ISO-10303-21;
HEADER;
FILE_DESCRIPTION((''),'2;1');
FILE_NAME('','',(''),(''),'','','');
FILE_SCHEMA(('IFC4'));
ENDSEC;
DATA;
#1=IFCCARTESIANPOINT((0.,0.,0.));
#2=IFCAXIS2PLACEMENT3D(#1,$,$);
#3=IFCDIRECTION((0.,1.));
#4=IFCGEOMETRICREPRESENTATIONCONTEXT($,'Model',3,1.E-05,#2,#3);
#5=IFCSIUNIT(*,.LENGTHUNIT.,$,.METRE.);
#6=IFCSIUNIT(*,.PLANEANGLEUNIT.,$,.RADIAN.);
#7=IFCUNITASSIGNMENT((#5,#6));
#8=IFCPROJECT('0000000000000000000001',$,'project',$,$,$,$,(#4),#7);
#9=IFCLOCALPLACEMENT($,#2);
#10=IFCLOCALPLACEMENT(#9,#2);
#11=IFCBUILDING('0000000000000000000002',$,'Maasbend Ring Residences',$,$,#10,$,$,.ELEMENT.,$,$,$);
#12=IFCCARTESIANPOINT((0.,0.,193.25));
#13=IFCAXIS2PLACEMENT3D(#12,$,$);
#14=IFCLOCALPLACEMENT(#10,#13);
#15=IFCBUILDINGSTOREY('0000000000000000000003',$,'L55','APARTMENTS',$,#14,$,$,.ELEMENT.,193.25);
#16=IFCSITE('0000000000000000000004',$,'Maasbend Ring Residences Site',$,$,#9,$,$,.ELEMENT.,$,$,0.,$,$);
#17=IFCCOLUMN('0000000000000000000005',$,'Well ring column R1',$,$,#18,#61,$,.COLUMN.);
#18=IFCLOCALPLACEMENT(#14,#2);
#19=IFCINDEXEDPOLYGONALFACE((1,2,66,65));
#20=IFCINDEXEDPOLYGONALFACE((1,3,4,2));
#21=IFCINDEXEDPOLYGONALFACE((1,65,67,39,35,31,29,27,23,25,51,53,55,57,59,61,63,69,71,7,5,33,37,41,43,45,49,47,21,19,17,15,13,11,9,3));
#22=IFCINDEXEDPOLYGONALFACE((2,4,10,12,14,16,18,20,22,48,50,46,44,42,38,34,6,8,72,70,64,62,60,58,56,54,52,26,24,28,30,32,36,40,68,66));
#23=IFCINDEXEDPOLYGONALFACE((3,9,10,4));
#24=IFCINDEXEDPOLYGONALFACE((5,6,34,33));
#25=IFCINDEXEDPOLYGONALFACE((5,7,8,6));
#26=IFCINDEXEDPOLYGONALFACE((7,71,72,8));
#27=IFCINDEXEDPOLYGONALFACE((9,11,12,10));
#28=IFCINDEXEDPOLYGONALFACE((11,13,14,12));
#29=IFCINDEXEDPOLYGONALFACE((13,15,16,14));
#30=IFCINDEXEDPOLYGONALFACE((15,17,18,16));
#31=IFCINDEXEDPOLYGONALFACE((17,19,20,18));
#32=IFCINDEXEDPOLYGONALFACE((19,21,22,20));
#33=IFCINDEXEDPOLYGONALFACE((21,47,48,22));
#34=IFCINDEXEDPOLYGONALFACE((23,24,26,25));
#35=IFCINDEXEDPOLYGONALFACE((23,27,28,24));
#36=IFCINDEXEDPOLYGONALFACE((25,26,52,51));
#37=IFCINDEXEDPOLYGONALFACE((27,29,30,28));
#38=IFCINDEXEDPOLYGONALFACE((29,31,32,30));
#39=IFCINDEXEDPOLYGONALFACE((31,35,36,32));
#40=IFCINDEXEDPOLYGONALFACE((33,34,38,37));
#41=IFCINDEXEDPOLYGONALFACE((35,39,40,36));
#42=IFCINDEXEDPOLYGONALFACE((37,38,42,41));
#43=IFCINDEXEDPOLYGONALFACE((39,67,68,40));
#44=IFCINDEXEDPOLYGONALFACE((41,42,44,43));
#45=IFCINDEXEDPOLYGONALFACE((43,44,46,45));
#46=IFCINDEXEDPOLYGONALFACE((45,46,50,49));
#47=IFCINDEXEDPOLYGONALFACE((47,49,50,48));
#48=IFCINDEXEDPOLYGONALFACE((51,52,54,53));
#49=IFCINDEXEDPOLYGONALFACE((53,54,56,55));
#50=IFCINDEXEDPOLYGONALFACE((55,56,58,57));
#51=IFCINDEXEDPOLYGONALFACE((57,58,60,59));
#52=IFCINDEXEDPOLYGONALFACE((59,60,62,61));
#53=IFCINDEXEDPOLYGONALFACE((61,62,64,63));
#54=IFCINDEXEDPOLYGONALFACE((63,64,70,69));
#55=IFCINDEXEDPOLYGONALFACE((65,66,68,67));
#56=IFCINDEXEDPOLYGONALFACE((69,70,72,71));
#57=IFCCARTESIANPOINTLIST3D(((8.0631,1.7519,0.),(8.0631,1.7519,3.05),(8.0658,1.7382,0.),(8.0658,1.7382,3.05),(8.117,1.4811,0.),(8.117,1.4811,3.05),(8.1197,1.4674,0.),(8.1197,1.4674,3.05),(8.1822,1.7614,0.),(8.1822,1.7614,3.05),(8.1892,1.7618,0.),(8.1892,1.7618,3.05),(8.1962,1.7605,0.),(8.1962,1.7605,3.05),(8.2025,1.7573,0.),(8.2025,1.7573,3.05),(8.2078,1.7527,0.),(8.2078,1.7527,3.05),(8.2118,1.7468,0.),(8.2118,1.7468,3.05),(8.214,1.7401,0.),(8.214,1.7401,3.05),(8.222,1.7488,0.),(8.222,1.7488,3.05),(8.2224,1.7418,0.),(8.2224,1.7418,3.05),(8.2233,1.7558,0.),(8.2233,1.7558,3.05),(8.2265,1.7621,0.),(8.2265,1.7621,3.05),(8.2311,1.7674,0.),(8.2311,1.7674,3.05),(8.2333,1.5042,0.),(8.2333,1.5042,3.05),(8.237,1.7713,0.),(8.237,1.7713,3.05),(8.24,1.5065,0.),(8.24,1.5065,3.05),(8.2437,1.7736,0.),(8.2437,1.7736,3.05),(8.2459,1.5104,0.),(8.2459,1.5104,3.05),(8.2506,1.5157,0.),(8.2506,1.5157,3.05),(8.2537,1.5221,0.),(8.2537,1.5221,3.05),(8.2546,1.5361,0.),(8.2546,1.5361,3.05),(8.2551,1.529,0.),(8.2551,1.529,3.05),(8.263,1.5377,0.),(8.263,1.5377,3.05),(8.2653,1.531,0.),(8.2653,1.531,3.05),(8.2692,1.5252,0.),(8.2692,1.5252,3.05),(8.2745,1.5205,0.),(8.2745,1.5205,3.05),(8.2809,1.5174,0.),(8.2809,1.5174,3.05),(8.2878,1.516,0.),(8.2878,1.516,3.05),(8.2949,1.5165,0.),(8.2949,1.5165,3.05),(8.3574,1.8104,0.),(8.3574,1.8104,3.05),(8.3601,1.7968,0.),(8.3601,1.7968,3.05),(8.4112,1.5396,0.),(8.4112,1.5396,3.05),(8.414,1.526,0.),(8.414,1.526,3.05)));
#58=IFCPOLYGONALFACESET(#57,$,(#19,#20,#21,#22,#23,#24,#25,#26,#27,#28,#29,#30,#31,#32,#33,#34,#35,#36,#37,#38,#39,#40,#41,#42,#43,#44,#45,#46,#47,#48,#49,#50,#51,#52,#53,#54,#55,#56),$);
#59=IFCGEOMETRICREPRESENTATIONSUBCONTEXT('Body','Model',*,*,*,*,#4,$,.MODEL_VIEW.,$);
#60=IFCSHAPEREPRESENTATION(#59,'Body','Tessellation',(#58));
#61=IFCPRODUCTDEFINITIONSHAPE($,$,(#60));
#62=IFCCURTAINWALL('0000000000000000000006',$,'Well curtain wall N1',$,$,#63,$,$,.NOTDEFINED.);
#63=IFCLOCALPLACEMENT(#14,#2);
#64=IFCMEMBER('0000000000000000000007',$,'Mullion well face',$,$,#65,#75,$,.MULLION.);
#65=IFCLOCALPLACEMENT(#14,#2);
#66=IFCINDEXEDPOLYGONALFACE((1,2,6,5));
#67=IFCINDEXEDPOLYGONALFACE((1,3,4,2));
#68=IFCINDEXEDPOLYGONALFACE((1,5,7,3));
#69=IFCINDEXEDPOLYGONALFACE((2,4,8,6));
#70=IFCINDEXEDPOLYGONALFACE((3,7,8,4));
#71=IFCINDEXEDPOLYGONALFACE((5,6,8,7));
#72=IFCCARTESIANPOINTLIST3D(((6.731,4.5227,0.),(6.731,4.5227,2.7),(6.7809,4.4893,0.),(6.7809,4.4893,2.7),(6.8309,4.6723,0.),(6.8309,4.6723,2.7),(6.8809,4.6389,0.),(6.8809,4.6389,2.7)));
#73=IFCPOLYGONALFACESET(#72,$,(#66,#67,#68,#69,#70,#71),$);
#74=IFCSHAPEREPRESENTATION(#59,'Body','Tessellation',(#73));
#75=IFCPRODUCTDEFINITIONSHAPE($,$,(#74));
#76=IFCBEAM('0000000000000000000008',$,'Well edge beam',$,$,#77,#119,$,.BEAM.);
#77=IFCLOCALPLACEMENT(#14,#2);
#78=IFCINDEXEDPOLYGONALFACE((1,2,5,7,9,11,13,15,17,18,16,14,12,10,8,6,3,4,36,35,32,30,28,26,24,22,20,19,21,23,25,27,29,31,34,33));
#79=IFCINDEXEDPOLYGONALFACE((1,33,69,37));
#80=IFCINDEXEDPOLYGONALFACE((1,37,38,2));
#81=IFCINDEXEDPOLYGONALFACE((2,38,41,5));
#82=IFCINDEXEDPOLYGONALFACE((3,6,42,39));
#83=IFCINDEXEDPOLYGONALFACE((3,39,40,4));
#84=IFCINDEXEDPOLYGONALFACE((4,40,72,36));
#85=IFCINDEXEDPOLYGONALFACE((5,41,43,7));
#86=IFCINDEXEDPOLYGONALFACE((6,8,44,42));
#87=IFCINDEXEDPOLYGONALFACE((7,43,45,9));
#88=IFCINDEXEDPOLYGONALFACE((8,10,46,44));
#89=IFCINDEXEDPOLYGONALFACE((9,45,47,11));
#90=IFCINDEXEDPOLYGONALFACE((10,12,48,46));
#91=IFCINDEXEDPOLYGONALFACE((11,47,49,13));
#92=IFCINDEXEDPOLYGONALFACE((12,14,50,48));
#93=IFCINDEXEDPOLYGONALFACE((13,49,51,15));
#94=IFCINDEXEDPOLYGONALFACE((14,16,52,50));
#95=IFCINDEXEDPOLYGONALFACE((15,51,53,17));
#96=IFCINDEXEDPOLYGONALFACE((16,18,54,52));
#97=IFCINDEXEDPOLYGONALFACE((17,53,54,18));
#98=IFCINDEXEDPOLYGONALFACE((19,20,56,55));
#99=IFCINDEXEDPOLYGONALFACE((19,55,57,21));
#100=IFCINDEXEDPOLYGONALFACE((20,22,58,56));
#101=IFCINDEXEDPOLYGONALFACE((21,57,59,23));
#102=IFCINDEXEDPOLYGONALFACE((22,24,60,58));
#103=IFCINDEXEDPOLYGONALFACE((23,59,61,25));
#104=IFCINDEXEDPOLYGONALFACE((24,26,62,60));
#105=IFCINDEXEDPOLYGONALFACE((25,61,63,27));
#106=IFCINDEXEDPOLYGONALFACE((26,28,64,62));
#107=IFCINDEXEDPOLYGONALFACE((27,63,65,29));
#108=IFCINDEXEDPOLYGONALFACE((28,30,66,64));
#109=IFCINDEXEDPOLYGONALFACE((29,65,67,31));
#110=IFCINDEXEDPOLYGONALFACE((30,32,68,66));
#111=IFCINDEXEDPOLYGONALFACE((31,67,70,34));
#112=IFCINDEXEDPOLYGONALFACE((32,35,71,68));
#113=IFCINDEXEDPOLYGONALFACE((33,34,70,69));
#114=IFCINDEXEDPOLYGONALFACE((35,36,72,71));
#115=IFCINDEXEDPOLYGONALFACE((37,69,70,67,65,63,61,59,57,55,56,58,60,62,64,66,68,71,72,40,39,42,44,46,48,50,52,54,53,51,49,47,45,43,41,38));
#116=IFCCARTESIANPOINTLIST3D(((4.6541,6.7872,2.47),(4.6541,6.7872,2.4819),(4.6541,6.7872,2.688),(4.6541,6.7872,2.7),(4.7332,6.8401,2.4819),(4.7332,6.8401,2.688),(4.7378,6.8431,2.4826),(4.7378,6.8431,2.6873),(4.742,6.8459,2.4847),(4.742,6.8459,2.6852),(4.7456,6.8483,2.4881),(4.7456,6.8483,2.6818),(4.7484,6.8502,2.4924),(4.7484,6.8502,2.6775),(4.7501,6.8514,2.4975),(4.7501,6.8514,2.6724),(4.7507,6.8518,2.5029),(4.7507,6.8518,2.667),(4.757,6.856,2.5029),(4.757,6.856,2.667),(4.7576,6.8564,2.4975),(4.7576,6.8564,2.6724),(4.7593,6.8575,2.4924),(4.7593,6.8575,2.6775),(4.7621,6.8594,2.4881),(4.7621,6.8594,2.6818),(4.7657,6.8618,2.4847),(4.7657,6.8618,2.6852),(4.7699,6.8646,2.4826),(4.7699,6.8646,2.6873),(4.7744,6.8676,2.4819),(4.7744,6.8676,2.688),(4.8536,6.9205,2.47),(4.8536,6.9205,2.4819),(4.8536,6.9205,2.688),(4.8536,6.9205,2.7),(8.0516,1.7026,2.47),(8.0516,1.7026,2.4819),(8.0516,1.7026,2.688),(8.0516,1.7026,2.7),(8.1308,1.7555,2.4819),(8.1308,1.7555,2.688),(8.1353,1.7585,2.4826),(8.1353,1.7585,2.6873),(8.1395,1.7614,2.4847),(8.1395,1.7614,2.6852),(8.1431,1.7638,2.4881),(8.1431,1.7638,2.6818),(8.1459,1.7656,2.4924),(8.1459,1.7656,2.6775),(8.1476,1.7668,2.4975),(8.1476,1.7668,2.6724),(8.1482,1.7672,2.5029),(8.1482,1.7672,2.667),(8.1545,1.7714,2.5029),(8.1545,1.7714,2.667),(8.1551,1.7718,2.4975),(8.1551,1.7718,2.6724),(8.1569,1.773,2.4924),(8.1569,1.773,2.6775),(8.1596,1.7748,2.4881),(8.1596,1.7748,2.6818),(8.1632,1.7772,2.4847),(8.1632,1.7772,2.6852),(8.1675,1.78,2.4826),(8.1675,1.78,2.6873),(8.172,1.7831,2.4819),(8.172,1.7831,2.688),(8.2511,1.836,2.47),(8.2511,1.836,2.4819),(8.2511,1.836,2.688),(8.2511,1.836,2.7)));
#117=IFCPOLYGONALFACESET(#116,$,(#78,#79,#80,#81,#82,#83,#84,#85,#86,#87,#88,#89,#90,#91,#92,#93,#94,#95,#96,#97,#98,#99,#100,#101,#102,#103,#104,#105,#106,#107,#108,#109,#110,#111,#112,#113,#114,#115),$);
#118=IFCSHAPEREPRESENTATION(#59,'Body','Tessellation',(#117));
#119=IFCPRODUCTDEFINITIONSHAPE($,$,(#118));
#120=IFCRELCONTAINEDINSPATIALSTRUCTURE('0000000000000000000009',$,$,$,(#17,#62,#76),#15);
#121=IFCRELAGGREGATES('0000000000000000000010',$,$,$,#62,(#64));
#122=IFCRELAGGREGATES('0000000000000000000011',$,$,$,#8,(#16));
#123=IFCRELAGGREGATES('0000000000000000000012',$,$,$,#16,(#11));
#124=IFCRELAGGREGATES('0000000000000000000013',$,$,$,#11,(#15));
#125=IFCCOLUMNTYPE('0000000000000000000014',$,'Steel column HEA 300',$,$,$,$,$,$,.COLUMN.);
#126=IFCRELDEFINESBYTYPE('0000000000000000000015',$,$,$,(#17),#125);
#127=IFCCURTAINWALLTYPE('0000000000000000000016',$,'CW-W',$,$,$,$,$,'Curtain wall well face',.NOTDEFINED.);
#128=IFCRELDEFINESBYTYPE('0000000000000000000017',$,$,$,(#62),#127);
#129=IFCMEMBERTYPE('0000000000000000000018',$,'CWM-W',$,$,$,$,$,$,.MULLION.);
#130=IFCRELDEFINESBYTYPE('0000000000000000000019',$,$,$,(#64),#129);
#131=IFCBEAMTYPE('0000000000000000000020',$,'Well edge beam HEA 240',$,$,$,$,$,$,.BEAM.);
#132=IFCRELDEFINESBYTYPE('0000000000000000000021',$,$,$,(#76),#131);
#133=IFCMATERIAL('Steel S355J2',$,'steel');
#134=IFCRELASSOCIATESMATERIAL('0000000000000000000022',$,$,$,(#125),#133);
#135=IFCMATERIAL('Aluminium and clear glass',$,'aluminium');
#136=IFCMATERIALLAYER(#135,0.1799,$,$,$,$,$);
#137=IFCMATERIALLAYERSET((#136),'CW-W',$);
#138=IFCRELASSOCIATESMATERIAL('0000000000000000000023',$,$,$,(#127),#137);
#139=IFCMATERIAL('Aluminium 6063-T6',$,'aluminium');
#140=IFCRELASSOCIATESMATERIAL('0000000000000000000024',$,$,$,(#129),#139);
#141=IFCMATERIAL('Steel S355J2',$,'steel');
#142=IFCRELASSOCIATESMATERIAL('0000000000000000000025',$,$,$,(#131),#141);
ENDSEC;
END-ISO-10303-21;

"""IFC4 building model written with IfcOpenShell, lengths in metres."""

from ifc_helpers import new_model, si_unit, direction, frame, origin, origin_2d, place, context, subcontext, project, spatial, rectangle, i_section, extrude, material, layer, layer_set, material_profile, profile_set, type_object, element, aggregate, save


model = new_model("IFC4")

# Units and contexts
model_context = context("Model", 3, precision=1e-05, world=origin(), true_north=direction((0.0, 1.0)))
body_context = subcontext(model_context, "Body", "Model", "MODEL_VIEW")
ifc_project = project(units=[si_unit("LENGTHUNIT", "METRE"), si_unit("PLANEANGLEUNIT", "RADIAN")], contexts=[model_context])

# Site, building, storey
site_placement = place(None, origin())
site = spatial("IfcSite", under=ifc_project, at=site_placement, Name="Maasbend Ring Residences Site", CompositionType="ELEMENT", RefElevation=0.0)
building_placement = place(site_placement, origin())
building = spatial("IfcBuilding", under=site, at=building_placement, Name="Maasbend Ring Residences", CompositionType="ELEMENT")
storey_placement = place(building_placement, frame((0.0, 0.0, 193.25)))
storey = spatial("IfcBuildingStorey", under=building, at=storey_placement, Name="L55", Description="APARTMENTS", CompositionType="ELEMENT", Elevation=193.25)

# Column
ifc_material_1 = material(Name="Steel S355J2", Category="steel")
ifc_material_profile_1 = material_profile(ifc_material_1, i_section(OverallWidth=0.3, OverallDepth=0.29, WebThickness=0.0085, FlangeThickness=0.0139, FilletRadius=0.0271, at=origin_2d()), Name="HEA 300")
ifc_profile_set_1 = profile_set([ifc_material_profile_1], Name="Steel S355J2")
column_type = type_object("IfcColumnType", Name="Steel column HEA 300", PredefinedType="COLUMN", material=ifc_profile_set_1)
column_placement = place(storey_placement, frame((8.2385, 1.6389, 0.0), z_axis=(0.0, 0.0, 1.0), x_axis=(0.980785, 0.19509, 0.0)))
element("IfcColumn", 1, at=column_placement, inside=storey, type_object=column_type, Name="Well ring column R1", PredefinedType="COLUMN", context=body_context, shape_type="SweptSolid", body=[
    extrude(i_section(OverallWidth=0.3, OverallDepth=0.29, WebThickness=0.0085, FlangeThickness=0.0139, FilletRadius=0.0271, at=origin_2d()), origin(), (0.0, 0.0, 1.0), 3.05),
])

# Curtain wall, member
ifc_material_2 = material(Name="Aluminium and clear glass", Category="aluminium")
ifc_layer_1 = layer(ifc_material_2, 0.1799)
ifc_layer_set_1 = layer_set([ifc_layer_1], Name="CW-W")
curtain_wall_type = type_object("IfcCurtainWallType", Name="CW-W", ElementType="Curtain wall well face", PredefinedType="NOTDEFINED", material=ifc_layer_set_1)
curtain_wall_placement = place(storey_placement, origin())
curtain_wall = element("IfcCurtainWall", 2, at=curtain_wall_placement, inside=storey, type_object=curtain_wall_type, Name="Well curtain wall N1", PredefinedType="NOTDEFINED")
ifc_material_3 = material(Name="Aluminium 6063-T6", Category="aluminium")
ifc_material_profile_2 = material_profile(ifc_material_3, rectangle(XDim=0.1799, YDim=0.0601, at=origin_2d()), Name="AL 180x60")
ifc_profile_set_2 = profile_set([ifc_material_profile_2], Name="Aluminium 6063-T6")
member_type = type_object("IfcMemberType", Name="CWM-W", PredefinedType="MULLION", material=ifc_profile_set_2)
member_placement = place(storey_placement, frame((6.8059, 4.5808, 0.0), z_axis=(0.0, 0.0, 1.0), x_axis=(-0.55557, -0.83147, 0.0)))
member = element("IfcMember", 3, at=member_placement, type_object=member_type, Name="Mullion well face", PredefinedType="MULLION", context=body_context, shape_type="SweptSolid", body=[
    extrude(rectangle(XDim=0.1799, YDim=0.0601, at=origin_2d()), origin(), (0.0, 0.0, 1.0), 2.7),
])
aggregate(curtain_wall, [member])

# Beam
ifc_material_4 = material(Name="Steel S355J2", Category="steel")
ifc_material_profile_3 = material_profile(ifc_material_4, i_section(OverallWidth=0.24, OverallDepth=0.23, WebThickness=0.0076, FlangeThickness=0.012, FilletRadius=0.021, at=origin_2d()), Name="HEA 240")
ifc_profile_set_3 = profile_set([ifc_material_profile_3], Name="Steel S355J2")
beam_type = type_object("IfcBeamType", Name="Well edge beam HEA 240", PredefinedType="BEAM", material=ifc_profile_set_3)
beam_placement = place(storey_placement, frame((8.1514, 1.7693, 2.585), z_axis=(-0.555584, 0.83146, 0.0), x_axis=(-0.83146, -0.555584, 0.0)))
element("IfcBeam", 4, at=beam_placement, inside=storey, type_object=beam_type, Name="Well edge beam", PredefinedType="BEAM", context=body_context, shape_type="SweptSolid", body=[
    extrude(i_section(OverallWidth=0.24, OverallDepth=0.23, WebThickness=0.0076, FlangeThickness=0.012, FilletRadius=0.021, at=origin_2d()), origin(), (0.0, 0.0, 1.0), 6.1152),
])

save(model, "model.ifc")
